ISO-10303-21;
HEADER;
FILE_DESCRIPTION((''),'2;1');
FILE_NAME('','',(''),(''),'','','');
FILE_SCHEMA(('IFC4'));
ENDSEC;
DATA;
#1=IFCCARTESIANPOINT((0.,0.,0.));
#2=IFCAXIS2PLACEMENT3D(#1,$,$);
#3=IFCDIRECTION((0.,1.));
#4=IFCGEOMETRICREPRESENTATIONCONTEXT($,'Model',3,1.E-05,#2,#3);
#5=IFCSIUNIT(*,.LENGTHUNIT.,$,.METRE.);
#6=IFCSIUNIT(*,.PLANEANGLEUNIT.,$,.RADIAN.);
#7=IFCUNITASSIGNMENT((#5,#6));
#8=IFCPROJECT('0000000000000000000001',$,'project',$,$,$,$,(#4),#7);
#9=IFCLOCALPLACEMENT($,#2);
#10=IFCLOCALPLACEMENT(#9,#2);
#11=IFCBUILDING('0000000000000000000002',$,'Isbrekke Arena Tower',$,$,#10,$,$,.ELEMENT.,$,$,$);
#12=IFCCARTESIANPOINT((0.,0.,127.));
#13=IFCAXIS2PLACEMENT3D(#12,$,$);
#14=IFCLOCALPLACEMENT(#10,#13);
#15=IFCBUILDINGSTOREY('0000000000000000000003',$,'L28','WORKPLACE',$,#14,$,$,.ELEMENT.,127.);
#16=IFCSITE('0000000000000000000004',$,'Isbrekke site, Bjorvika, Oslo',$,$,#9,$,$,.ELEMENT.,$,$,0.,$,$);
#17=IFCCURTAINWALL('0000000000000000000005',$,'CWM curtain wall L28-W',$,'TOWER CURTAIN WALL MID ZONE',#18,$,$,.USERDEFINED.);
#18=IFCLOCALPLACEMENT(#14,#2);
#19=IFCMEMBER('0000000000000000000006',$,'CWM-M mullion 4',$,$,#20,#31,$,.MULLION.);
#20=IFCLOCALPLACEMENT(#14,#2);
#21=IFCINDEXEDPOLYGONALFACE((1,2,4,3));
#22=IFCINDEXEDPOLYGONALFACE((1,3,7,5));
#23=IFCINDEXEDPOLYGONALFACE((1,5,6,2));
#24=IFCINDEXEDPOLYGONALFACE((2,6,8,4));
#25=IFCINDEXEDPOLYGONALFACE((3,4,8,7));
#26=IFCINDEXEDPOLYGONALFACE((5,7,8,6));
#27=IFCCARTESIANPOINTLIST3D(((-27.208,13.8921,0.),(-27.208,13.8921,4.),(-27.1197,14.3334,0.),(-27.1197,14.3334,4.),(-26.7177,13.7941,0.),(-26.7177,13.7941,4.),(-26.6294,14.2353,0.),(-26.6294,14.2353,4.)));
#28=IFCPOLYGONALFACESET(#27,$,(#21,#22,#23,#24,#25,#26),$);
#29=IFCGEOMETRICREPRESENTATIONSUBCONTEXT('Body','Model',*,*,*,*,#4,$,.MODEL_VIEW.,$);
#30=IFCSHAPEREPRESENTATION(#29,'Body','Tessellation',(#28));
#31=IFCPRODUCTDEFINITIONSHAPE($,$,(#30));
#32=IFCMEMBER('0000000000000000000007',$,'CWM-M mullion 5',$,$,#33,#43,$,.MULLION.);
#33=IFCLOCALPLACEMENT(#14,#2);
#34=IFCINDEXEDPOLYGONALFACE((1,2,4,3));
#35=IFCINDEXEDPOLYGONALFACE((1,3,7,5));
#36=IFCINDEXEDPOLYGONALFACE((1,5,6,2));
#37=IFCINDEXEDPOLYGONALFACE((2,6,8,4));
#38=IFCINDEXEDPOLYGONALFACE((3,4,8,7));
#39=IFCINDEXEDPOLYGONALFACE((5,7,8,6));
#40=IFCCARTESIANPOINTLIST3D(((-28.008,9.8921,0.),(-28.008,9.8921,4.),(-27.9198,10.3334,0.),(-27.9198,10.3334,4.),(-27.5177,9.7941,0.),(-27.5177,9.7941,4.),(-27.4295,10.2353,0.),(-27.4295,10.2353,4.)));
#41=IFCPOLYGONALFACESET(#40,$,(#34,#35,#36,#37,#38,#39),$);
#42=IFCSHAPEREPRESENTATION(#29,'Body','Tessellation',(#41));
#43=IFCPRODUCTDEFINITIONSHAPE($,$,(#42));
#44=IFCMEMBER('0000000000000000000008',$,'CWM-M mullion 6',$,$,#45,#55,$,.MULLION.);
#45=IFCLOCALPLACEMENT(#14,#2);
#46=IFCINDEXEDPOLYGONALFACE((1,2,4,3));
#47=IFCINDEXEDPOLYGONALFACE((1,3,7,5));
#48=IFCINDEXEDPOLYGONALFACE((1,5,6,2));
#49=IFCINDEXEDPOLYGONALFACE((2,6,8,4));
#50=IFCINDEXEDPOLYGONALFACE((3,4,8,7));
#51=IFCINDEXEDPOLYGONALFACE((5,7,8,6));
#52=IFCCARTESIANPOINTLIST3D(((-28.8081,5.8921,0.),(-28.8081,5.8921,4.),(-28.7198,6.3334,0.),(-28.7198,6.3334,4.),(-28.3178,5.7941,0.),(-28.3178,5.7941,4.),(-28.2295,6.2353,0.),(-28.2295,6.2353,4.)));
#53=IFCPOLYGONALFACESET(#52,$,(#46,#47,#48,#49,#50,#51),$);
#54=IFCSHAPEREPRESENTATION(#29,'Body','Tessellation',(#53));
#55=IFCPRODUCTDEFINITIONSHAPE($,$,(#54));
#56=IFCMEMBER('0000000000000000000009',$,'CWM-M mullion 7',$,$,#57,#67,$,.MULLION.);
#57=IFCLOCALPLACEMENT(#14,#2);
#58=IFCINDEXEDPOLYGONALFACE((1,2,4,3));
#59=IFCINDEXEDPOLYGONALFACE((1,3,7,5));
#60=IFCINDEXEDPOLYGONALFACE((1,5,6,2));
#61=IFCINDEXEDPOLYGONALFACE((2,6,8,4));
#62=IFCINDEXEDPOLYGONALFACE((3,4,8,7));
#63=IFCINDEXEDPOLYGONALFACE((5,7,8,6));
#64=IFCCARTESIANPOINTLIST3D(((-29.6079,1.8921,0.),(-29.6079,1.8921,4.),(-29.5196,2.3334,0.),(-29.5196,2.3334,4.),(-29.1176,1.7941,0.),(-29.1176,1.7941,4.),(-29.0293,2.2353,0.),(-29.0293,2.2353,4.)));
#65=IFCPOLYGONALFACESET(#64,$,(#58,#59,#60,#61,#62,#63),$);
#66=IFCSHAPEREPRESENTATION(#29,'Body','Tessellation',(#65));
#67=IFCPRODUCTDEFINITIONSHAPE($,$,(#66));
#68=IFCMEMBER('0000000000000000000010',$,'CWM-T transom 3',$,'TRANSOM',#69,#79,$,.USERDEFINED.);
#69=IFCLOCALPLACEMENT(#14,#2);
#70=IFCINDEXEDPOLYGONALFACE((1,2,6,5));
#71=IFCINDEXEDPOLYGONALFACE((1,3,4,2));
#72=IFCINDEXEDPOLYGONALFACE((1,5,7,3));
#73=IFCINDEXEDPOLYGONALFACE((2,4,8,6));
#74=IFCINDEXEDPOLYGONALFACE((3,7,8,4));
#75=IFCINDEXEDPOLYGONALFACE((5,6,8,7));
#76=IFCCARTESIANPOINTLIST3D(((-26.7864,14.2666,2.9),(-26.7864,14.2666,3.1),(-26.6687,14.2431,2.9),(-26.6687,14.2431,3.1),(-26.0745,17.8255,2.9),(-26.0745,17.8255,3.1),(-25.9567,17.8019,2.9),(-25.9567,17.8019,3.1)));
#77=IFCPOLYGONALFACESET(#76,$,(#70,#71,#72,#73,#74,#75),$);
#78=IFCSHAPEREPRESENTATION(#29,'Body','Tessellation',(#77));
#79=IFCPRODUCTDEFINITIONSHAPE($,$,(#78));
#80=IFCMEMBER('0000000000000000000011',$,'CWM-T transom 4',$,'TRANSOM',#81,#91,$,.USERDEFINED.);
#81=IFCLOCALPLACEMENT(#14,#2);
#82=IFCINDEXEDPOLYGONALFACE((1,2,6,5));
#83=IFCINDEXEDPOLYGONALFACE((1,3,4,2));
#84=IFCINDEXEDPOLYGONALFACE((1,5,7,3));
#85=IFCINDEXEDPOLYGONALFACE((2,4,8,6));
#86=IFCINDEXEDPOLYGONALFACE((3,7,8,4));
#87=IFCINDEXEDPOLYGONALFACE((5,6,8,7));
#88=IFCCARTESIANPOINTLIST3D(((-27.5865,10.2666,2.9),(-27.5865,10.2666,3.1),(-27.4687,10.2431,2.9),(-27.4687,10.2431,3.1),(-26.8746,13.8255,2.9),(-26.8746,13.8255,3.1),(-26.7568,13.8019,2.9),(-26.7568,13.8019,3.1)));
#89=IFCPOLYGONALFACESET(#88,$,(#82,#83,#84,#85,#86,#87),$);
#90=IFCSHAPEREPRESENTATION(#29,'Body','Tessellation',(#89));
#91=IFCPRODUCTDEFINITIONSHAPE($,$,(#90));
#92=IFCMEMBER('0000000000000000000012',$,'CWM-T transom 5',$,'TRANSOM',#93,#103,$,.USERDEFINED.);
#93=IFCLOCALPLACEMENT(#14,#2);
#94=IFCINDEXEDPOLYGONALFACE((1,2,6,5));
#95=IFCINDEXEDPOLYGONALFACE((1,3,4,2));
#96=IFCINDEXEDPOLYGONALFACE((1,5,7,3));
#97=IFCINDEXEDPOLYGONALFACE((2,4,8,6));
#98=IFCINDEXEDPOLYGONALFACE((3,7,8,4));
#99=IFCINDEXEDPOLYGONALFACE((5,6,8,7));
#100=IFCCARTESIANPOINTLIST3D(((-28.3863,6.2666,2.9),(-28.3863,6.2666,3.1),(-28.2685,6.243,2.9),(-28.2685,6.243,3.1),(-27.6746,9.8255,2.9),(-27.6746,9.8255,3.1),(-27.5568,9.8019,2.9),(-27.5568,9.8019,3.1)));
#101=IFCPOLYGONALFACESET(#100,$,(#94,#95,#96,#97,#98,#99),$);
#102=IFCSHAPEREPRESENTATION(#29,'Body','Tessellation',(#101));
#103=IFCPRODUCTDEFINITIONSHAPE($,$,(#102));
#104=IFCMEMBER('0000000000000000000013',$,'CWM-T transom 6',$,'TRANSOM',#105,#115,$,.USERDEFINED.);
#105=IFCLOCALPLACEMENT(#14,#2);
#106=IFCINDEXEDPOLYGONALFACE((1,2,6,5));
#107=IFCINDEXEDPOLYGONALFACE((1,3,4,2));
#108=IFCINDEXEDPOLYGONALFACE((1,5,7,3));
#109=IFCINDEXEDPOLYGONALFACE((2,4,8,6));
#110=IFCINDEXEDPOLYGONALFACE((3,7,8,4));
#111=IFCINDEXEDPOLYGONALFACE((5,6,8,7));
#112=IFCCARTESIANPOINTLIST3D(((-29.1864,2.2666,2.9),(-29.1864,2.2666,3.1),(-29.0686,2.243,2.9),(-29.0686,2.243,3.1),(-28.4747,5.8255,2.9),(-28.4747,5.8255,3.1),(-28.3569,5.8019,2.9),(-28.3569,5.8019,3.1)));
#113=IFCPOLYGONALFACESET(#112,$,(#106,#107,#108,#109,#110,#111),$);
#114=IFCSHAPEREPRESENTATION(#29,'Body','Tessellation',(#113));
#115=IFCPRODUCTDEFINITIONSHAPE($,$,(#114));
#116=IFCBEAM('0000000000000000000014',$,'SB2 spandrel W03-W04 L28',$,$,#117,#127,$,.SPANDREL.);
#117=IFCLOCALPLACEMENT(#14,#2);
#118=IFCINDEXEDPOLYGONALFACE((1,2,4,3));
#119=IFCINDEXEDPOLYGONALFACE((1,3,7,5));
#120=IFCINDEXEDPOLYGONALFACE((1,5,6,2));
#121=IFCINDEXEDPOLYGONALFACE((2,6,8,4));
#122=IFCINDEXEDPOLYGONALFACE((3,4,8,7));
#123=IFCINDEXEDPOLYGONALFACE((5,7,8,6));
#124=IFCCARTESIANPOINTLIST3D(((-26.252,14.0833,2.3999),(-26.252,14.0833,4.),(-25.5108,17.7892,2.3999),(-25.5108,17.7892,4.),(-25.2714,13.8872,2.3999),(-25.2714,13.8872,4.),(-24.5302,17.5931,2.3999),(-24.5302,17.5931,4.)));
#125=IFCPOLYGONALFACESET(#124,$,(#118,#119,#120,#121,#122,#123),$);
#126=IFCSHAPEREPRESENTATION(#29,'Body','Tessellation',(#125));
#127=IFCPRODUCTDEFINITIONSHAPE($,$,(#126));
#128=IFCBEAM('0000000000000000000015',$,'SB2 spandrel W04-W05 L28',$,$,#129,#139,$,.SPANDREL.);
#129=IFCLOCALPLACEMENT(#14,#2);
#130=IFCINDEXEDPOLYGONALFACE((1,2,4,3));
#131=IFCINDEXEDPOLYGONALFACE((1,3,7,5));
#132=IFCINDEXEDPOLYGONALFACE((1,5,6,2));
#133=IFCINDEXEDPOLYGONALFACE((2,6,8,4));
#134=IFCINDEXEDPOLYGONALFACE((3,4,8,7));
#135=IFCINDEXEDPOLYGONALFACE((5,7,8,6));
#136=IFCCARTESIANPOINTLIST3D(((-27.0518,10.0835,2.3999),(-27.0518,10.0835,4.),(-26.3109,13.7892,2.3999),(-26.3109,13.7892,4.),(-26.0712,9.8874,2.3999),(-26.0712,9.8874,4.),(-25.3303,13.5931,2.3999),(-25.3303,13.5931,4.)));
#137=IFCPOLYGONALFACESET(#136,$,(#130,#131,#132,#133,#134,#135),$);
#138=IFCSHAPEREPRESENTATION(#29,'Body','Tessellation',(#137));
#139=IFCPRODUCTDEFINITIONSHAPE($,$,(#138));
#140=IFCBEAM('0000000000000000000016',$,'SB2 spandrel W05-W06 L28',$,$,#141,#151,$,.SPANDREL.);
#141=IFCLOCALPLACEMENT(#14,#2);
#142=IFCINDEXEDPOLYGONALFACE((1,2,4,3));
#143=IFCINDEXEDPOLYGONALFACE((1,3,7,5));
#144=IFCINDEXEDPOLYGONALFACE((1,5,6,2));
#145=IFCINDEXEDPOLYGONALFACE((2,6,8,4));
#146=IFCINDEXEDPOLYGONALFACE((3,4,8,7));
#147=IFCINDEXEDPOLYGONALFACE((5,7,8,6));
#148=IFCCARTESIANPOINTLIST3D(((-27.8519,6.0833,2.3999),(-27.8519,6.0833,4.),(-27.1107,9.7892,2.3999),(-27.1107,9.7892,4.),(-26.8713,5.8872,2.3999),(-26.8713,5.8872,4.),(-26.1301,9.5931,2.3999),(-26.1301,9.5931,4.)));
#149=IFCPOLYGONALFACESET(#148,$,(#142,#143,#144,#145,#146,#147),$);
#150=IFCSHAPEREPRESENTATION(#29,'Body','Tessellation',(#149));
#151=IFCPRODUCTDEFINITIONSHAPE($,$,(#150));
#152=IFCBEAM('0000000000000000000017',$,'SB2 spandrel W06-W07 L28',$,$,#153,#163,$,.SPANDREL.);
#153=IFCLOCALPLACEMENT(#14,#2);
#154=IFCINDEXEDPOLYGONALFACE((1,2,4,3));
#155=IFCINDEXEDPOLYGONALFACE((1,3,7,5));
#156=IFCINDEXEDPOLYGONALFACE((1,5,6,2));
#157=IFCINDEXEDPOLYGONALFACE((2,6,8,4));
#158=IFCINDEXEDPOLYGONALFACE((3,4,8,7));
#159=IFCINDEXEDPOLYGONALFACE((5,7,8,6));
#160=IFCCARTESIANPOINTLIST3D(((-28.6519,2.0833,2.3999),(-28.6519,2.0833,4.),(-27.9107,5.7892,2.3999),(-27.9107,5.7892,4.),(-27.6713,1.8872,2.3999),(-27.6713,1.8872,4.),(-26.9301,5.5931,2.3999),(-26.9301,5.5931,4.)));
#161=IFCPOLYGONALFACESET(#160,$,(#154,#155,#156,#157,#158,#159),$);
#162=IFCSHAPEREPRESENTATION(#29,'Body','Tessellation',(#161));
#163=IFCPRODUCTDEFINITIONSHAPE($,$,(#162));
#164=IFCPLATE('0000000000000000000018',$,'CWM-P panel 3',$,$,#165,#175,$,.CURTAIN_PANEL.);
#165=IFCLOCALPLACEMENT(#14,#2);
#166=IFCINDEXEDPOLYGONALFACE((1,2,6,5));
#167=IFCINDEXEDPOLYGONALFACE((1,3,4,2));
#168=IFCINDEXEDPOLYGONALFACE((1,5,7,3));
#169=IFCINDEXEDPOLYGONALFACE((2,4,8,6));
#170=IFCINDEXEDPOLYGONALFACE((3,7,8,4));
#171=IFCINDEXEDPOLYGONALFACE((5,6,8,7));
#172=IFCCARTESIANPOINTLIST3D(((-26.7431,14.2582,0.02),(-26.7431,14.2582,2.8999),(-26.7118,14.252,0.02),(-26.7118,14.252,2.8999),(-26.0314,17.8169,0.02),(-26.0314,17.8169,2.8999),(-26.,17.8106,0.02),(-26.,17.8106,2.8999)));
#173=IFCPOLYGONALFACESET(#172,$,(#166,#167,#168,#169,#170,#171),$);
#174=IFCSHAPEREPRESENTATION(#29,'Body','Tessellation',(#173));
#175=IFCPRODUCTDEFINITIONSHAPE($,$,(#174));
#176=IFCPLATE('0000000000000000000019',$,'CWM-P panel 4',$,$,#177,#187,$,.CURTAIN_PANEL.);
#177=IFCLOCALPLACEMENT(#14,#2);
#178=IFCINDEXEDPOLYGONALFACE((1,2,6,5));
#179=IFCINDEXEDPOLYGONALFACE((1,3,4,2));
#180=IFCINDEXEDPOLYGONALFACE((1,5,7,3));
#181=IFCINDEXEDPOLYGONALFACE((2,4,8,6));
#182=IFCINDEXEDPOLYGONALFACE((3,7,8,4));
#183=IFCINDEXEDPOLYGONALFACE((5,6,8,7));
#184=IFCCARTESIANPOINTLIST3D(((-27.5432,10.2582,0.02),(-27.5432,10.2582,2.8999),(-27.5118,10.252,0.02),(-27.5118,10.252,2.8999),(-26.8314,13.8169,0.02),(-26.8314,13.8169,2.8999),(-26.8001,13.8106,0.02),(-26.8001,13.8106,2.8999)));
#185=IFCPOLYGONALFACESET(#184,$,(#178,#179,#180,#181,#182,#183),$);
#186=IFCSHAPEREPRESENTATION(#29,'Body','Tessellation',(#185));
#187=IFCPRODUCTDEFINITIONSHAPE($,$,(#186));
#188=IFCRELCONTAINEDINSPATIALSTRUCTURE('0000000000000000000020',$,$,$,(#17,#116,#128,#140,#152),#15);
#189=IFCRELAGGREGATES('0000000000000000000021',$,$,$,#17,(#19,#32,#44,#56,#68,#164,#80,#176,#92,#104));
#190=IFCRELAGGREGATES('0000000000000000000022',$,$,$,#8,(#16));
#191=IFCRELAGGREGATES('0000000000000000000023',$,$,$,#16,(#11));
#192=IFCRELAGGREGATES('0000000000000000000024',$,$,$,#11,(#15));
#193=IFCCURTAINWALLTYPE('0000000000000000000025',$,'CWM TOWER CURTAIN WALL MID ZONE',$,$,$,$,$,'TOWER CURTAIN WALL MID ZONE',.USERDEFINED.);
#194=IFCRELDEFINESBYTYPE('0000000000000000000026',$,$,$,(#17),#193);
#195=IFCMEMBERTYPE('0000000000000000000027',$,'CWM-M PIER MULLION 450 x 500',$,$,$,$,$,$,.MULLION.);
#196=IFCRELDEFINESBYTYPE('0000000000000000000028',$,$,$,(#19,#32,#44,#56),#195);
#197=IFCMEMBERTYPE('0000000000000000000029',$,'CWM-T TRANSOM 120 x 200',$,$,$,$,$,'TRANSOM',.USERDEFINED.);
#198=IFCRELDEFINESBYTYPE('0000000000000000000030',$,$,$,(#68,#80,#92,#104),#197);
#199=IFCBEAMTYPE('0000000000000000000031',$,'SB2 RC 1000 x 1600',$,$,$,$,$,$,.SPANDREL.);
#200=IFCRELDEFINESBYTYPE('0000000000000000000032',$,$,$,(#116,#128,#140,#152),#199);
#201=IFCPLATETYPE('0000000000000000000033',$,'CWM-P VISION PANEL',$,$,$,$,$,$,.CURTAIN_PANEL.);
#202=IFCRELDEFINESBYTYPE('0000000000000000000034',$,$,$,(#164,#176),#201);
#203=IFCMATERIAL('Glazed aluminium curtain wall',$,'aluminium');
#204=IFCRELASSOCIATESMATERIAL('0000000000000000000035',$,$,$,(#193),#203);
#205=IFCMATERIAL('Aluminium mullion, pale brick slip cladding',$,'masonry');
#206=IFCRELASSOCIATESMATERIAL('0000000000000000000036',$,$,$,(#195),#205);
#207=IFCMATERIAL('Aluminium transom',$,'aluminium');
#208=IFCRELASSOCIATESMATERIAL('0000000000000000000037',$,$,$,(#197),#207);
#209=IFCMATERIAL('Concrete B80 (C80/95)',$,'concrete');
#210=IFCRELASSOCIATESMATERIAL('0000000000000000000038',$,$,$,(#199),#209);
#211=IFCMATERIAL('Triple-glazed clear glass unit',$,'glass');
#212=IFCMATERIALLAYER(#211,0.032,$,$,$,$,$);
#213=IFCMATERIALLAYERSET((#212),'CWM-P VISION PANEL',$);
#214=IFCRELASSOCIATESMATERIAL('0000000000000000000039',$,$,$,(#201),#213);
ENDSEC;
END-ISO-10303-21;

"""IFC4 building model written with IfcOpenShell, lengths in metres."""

from ifc_helpers import new_model, si_unit, direction, frame, origin, origin_2d, place, context, subcontext, project, spatial, rectangle, extrude, material, layer, layer_set, material_profile, profile_set, type_object, element, aggregate, save


model = new_model("IFC4")

# Units and contexts
model_context = context("Model", 3, precision=1e-05, world=origin(), true_north=direction((0.0, 1.0)))
body_context = subcontext(model_context, "Body", "Model", "MODEL_VIEW")
ifc_project = project(units=[si_unit("LENGTHUNIT", "METRE"), si_unit("PLANEANGLEUNIT", "RADIAN")], contexts=[model_context])

# Site, building, storey
site_placement = place(None, origin())
site = spatial("IfcSite", under=ifc_project, at=site_placement, Name="Isbrekke site, Bjorvika, Oslo", CompositionType="ELEMENT", RefElevation=0.0)
building_placement = place(site_placement, origin())
building = spatial("IfcBuilding", under=site, at=building_placement, Name="Isbrekke Arena Tower", CompositionType="ELEMENT")
storey_placement = place(building_placement, frame((0.0, 0.0, 127.0)))
storey = spatial("IfcBuildingStorey", under=building, at=storey_placement, Name="L28", Description="WORKPLACE", CompositionType="ELEMENT", Elevation=127.0)

# Curtain wall, members
ifc_material_1 = material(Name="Glazed aluminium curtain wall", Category="aluminium")
curtain_wall_type = type_object("IfcCurtainWallType", Name="CWM TOWER CURTAIN WALL MID ZONE", ElementType="TOWER CURTAIN WALL MID ZONE", PredefinedType="USERDEFINED", material=ifc_material_1)
curtain_wall_placement = place(storey_placement, origin())
curtain_wall = element("IfcCurtainWall", 1, at=curtain_wall_placement, inside=storey, type_object=curtain_wall_type, Name="CWM curtain wall L28-W", ObjectType="TOWER CURTAIN WALL MID ZONE", PredefinedType="USERDEFINED")
ifc_material_2 = material(Name="Aluminium mullion, pale brick slip cladding", Category="masonry")
ifc_material_profile_1 = material_profile(ifc_material_2, rectangle(XDim=0.45, YDim=0.5, at=origin_2d()), Name="PIER 450X500")
ifc_profile_set_1 = profile_set([ifc_material_profile_1], Name="Aluminium mullion, pale brick slip cladding")
member_type_1 = type_object("IfcMemberType", Name="CWM-M PIER MULLION 450 x 500", PredefinedType="MULLION", material=ifc_profile_set_1)
member_1_placement = place(storey_placement, frame((-26.9187, 14.0637, 0.0), z_axis=(0.0, 0.0, 1.0), x_axis=(-0.196116, -0.980581, 0.0)))
member_1 = element("IfcMember", 2, at=member_1_placement, type_object=member_type_1, Name="CWM-M mullion 4", PredefinedType="MULLION", context=body_context, shape_type="SweptSolid", body=[
    extrude(rectangle(XDim=0.45, YDim=0.5, at=origin_2d()), origin(), (0.0, 0.0, 1.0), 4.0),
])
member_2_placement = place(storey_placement, frame((-27.7188, 10.0637, 0.0), z_axis=(0.0, 0.0, 1.0), x_axis=(-0.196116, -0.980581, 0.0)))
member_2 = element("IfcMember", 3, at=member_2_placement, type_object=member_type_1, Name="CWM-M mullion 5", PredefinedType="MULLION", context=body_context, shape_type="SweptSolid", body=[
    extrude(rectangle(XDim=0.45, YDim=0.5, at=origin_2d()), origin(), (0.0, 0.0, 1.0), 4.0),
])
member_3_placement = place(storey_placement, frame((-28.5188, 6.0637, 0.0), z_axis=(0.0, 0.0, 1.0), x_axis=(-0.196116, -0.980581, 0.0)))
member_3 = element("IfcMember", 4, at=member_3_placement, type_object=member_type_1, Name="CWM-M mullion 6", PredefinedType="MULLION", context=body_context, shape_type="SweptSolid", body=[
    extrude(rectangle(XDim=0.45, YDim=0.5, at=origin_2d()), origin(), (0.0, 0.0, 1.0), 4.0),
])
member_4_placement = place(storey_placement, frame((-29.3186, 2.0637, 0.0), z_axis=(0.0, 0.0, 1.0), x_axis=(-0.196116, -0.980581, 0.0)))
member_4 = element("IfcMember", 5, at=member_4_placement, type_object=member_type_1, Name="CWM-M mullion 7", PredefinedType="MULLION", context=body_context, shape_type="SweptSolid", body=[
    extrude(rectangle(XDim=0.45, YDim=0.5, at=origin_2d()), origin(), (0.0, 0.0, 1.0), 4.0),
])
ifc_material_3 = material(Name="Aluminium transom", Category="aluminium")
ifc_material_profile_2 = material_profile(ifc_material_3, rectangle(XDim=0.1201, YDim=0.2, at=origin_2d()), Name="TRANSOM 120X200")
ifc_profile_set_2 = profile_set([ifc_material_profile_2], Name="Aluminium transom")
member_type_2 = type_object("IfcMemberType", Name="CWM-T TRANSOM 120 x 200", ElementType="TRANSOM", PredefinedType="USERDEFINED", material=ifc_profile_set_2)
member_5_placement = place(storey_placement, frame((-26.0156, 17.8137, 3.0), z_axis=(-0.196155, -0.980573, 0.0), x_axis=(0.980573, -0.196155, 0.0)))
member_5 = element("IfcMember", 6, at=member_5_placement, type_object=member_type_2, Name="CWM-T transom 3", ObjectType="TRANSOM", PredefinedType="USERDEFINED", context=body_context, shape_type="SweptSolid", body=[
    extrude(rectangle(XDim=0.1201, YDim=0.2, at=origin_2d()), origin(), (0.0, 0.0, 1.0), 3.6294),
])
member_6_placement = place(storey_placement, frame((-26.8157, 13.8137, 3.0), z_axis=(-0.196155, -0.980573, 0.0), x_axis=(0.980573, -0.196155, 0.0)))
member_6 = element("IfcMember", 7, at=member_6_placement, type_object=member_type_2, Name="CWM-T transom 4", ObjectType="TRANSOM", PredefinedType="USERDEFINED", context=body_context, shape_type="SweptSolid", body=[
    extrude(rectangle(XDim=0.1201, YDim=0.2, at=origin_2d()), origin(), (0.0, 0.0, 1.0), 3.6294),
])
member_7_placement = place(storey_placement, frame((-27.6157, 9.8137, 3.0), z_axis=(-0.19609, -0.980586, 0.0), x_axis=(0.980586, -0.19609, 0.0)))
member_7 = element("IfcMember", 8, at=member_7_placement, type_object=member_type_2, Name="CWM-T transom 5", ObjectType="TRANSOM", PredefinedType="USERDEFINED", context=body_context, shape_type="SweptSolid", body=[
    extrude(rectangle(XDim=0.1201, YDim=0.2, at=origin_2d()), origin(), (0.0, 0.0, 1.0), 3.6294),
])
member_8_placement = place(storey_placement, frame((-28.4158, 5.8137, 3.0), z_axis=(-0.19609, -0.980586, 0.0), x_axis=(0.980586, -0.19609, 0.0)))
member_8 = element("IfcMember", 9, at=member_8_placement, type_object=member_type_2, Name="CWM-T transom 6", ObjectType="TRANSOM", PredefinedType="USERDEFINED", context=body_context, shape_type="SweptSolid", body=[
    extrude(rectangle(XDim=0.1201, YDim=0.2, at=origin_2d()), origin(), (0.0, 0.0, 1.0), 3.6294),
])

# Beams
ifc_material_4 = material(Name="Concrete B80 (C80/95)", Category="concrete")
ifc_material_profile_3 = material_profile(ifc_material_4, rectangle(XDim=1.0, YDim=1.6001, at=origin_2d()), Name="RC 1000x1600")
ifc_profile_set_3 = profile_set([ifc_material_profile_3], Name="Concrete B80 (C80/95)")
beam_type_1 = type_object("IfcBeamType", Name="SB2 RC 1000 x 1600", PredefinedType="SPANDREL", material=ifc_profile_set_3)
beam_1_placement = place(storey_placement, frame((-25.0205, 17.6912, 3.2), z_axis=(-0.196129, -0.980578, 0.0), x_axis=(0.980578, -0.196129, 0.0)))
element("IfcBeam", 10, at=beam_1_placement, inside=storey, type_object=beam_type_1, Name="SB2 spandrel W03-W04 L28", PredefinedType="SPANDREL", context=body_context, shape_type="SweptSolid", body=[
    extrude(rectangle(XDim=1.0, YDim=1.6001, at=origin_2d()), origin(), (0.0, 0.0, 1.0), 3.7793),
])
beam_2_placement = place(storey_placement, frame((-25.8206, 13.6912, 3.2), z_axis=(-0.196066, -0.980591, 0.0), x_axis=(0.980591, -0.196066, 0.0)))
element("IfcBeam", 11, at=beam_2_placement, inside=storey, type_object=beam_type_1, Name="SB2 spandrel W04-W05 L28", PredefinedType="SPANDREL", context=body_context, shape_type="SweptSolid", body=[
    extrude(rectangle(XDim=1.0, YDim=1.6001, at=origin_2d()), origin(), (0.0, 0.0, 1.0), 3.7791),
])
for number, where, z_axis, x_axis, name in (
    (12, (-26.6204, 9.6912, 3.2), (-0.196129, -0.980578, 0.0), (0.980578, -0.196129, 0.0), "SB2 spandrel W05-W06 L28"),
    (13, (-27.4204, 5.6912, 3.2), (-0.196129, -0.980578, 0.0), (0.980578, -0.196129, 0.0), "SB2 spandrel W06-W07 L28"),
):
    element("IfcBeam", number, at=place(storey_placement, frame(where, z_axis=z_axis, x_axis=x_axis)), inside=storey, type_object=beam_type_1, Name=name, PredefinedType="SPANDREL", context=body_context, shape_type="SweptSolid", body=[
        extrude(rectangle(XDim=1.0, YDim=1.6001, at=origin_2d()), origin(), (0.0, 0.0, 1.0), 3.7793),
    ])

# Plates
ifc_material_5 = material(Name="Triple-glazed clear glass unit", Category="glass")
ifc_layer_1 = layer(ifc_material_5, 0.032)
ifc_layer_set_1 = layer_set([ifc_layer_1], Name="CWM-P VISION PANEL")
plate_type = type_object("IfcPlateType", Name="CWM-P VISION PANEL", PredefinedType="CURTAIN_PANEL", material=ifc_layer_set_1)
plate_1_placement = place(storey_placement, frame((-26.3716, 16.0344, 0.02), z_axis=(0.0, 0.0, 1.0), x_axis=(-0.196116, -0.980581, 0.0)))
plate_1 = element("IfcPlate", 14, at=plate_1_placement, type_object=plate_type, Name="CWM-P panel 3", PredefinedType="CURTAIN_PANEL", context=body_context, shape_type="SweptSolid", body=[
    extrude(rectangle(XDim=3.6292, YDim=0.032, at=origin_2d()), origin(), (0.0, 0.0, 1.0), 2.8799),
])
plate_2_placement = place(storey_placement, frame((-27.1716, 12.0344, 0.02), z_axis=(0.0, 0.0, 1.0), x_axis=(-0.196116, -0.980581, 0.0)))
plate_2 = element("IfcPlate", 15, at=plate_2_placement, type_object=plate_type, Name="CWM-P panel 4", PredefinedType="CURTAIN_PANEL", context=body_context, shape_type="SweptSolid", body=[
    extrude(rectangle(XDim=3.6292, YDim=0.032, at=origin_2d()), origin(), (0.0, 0.0, 1.0), 2.8799),
])
aggregate(curtain_wall, [member_1, member_2, member_3, member_4, member_5, plate_1, member_6, plate_2, member_7, member_8])

save(model, "model.ifc")
